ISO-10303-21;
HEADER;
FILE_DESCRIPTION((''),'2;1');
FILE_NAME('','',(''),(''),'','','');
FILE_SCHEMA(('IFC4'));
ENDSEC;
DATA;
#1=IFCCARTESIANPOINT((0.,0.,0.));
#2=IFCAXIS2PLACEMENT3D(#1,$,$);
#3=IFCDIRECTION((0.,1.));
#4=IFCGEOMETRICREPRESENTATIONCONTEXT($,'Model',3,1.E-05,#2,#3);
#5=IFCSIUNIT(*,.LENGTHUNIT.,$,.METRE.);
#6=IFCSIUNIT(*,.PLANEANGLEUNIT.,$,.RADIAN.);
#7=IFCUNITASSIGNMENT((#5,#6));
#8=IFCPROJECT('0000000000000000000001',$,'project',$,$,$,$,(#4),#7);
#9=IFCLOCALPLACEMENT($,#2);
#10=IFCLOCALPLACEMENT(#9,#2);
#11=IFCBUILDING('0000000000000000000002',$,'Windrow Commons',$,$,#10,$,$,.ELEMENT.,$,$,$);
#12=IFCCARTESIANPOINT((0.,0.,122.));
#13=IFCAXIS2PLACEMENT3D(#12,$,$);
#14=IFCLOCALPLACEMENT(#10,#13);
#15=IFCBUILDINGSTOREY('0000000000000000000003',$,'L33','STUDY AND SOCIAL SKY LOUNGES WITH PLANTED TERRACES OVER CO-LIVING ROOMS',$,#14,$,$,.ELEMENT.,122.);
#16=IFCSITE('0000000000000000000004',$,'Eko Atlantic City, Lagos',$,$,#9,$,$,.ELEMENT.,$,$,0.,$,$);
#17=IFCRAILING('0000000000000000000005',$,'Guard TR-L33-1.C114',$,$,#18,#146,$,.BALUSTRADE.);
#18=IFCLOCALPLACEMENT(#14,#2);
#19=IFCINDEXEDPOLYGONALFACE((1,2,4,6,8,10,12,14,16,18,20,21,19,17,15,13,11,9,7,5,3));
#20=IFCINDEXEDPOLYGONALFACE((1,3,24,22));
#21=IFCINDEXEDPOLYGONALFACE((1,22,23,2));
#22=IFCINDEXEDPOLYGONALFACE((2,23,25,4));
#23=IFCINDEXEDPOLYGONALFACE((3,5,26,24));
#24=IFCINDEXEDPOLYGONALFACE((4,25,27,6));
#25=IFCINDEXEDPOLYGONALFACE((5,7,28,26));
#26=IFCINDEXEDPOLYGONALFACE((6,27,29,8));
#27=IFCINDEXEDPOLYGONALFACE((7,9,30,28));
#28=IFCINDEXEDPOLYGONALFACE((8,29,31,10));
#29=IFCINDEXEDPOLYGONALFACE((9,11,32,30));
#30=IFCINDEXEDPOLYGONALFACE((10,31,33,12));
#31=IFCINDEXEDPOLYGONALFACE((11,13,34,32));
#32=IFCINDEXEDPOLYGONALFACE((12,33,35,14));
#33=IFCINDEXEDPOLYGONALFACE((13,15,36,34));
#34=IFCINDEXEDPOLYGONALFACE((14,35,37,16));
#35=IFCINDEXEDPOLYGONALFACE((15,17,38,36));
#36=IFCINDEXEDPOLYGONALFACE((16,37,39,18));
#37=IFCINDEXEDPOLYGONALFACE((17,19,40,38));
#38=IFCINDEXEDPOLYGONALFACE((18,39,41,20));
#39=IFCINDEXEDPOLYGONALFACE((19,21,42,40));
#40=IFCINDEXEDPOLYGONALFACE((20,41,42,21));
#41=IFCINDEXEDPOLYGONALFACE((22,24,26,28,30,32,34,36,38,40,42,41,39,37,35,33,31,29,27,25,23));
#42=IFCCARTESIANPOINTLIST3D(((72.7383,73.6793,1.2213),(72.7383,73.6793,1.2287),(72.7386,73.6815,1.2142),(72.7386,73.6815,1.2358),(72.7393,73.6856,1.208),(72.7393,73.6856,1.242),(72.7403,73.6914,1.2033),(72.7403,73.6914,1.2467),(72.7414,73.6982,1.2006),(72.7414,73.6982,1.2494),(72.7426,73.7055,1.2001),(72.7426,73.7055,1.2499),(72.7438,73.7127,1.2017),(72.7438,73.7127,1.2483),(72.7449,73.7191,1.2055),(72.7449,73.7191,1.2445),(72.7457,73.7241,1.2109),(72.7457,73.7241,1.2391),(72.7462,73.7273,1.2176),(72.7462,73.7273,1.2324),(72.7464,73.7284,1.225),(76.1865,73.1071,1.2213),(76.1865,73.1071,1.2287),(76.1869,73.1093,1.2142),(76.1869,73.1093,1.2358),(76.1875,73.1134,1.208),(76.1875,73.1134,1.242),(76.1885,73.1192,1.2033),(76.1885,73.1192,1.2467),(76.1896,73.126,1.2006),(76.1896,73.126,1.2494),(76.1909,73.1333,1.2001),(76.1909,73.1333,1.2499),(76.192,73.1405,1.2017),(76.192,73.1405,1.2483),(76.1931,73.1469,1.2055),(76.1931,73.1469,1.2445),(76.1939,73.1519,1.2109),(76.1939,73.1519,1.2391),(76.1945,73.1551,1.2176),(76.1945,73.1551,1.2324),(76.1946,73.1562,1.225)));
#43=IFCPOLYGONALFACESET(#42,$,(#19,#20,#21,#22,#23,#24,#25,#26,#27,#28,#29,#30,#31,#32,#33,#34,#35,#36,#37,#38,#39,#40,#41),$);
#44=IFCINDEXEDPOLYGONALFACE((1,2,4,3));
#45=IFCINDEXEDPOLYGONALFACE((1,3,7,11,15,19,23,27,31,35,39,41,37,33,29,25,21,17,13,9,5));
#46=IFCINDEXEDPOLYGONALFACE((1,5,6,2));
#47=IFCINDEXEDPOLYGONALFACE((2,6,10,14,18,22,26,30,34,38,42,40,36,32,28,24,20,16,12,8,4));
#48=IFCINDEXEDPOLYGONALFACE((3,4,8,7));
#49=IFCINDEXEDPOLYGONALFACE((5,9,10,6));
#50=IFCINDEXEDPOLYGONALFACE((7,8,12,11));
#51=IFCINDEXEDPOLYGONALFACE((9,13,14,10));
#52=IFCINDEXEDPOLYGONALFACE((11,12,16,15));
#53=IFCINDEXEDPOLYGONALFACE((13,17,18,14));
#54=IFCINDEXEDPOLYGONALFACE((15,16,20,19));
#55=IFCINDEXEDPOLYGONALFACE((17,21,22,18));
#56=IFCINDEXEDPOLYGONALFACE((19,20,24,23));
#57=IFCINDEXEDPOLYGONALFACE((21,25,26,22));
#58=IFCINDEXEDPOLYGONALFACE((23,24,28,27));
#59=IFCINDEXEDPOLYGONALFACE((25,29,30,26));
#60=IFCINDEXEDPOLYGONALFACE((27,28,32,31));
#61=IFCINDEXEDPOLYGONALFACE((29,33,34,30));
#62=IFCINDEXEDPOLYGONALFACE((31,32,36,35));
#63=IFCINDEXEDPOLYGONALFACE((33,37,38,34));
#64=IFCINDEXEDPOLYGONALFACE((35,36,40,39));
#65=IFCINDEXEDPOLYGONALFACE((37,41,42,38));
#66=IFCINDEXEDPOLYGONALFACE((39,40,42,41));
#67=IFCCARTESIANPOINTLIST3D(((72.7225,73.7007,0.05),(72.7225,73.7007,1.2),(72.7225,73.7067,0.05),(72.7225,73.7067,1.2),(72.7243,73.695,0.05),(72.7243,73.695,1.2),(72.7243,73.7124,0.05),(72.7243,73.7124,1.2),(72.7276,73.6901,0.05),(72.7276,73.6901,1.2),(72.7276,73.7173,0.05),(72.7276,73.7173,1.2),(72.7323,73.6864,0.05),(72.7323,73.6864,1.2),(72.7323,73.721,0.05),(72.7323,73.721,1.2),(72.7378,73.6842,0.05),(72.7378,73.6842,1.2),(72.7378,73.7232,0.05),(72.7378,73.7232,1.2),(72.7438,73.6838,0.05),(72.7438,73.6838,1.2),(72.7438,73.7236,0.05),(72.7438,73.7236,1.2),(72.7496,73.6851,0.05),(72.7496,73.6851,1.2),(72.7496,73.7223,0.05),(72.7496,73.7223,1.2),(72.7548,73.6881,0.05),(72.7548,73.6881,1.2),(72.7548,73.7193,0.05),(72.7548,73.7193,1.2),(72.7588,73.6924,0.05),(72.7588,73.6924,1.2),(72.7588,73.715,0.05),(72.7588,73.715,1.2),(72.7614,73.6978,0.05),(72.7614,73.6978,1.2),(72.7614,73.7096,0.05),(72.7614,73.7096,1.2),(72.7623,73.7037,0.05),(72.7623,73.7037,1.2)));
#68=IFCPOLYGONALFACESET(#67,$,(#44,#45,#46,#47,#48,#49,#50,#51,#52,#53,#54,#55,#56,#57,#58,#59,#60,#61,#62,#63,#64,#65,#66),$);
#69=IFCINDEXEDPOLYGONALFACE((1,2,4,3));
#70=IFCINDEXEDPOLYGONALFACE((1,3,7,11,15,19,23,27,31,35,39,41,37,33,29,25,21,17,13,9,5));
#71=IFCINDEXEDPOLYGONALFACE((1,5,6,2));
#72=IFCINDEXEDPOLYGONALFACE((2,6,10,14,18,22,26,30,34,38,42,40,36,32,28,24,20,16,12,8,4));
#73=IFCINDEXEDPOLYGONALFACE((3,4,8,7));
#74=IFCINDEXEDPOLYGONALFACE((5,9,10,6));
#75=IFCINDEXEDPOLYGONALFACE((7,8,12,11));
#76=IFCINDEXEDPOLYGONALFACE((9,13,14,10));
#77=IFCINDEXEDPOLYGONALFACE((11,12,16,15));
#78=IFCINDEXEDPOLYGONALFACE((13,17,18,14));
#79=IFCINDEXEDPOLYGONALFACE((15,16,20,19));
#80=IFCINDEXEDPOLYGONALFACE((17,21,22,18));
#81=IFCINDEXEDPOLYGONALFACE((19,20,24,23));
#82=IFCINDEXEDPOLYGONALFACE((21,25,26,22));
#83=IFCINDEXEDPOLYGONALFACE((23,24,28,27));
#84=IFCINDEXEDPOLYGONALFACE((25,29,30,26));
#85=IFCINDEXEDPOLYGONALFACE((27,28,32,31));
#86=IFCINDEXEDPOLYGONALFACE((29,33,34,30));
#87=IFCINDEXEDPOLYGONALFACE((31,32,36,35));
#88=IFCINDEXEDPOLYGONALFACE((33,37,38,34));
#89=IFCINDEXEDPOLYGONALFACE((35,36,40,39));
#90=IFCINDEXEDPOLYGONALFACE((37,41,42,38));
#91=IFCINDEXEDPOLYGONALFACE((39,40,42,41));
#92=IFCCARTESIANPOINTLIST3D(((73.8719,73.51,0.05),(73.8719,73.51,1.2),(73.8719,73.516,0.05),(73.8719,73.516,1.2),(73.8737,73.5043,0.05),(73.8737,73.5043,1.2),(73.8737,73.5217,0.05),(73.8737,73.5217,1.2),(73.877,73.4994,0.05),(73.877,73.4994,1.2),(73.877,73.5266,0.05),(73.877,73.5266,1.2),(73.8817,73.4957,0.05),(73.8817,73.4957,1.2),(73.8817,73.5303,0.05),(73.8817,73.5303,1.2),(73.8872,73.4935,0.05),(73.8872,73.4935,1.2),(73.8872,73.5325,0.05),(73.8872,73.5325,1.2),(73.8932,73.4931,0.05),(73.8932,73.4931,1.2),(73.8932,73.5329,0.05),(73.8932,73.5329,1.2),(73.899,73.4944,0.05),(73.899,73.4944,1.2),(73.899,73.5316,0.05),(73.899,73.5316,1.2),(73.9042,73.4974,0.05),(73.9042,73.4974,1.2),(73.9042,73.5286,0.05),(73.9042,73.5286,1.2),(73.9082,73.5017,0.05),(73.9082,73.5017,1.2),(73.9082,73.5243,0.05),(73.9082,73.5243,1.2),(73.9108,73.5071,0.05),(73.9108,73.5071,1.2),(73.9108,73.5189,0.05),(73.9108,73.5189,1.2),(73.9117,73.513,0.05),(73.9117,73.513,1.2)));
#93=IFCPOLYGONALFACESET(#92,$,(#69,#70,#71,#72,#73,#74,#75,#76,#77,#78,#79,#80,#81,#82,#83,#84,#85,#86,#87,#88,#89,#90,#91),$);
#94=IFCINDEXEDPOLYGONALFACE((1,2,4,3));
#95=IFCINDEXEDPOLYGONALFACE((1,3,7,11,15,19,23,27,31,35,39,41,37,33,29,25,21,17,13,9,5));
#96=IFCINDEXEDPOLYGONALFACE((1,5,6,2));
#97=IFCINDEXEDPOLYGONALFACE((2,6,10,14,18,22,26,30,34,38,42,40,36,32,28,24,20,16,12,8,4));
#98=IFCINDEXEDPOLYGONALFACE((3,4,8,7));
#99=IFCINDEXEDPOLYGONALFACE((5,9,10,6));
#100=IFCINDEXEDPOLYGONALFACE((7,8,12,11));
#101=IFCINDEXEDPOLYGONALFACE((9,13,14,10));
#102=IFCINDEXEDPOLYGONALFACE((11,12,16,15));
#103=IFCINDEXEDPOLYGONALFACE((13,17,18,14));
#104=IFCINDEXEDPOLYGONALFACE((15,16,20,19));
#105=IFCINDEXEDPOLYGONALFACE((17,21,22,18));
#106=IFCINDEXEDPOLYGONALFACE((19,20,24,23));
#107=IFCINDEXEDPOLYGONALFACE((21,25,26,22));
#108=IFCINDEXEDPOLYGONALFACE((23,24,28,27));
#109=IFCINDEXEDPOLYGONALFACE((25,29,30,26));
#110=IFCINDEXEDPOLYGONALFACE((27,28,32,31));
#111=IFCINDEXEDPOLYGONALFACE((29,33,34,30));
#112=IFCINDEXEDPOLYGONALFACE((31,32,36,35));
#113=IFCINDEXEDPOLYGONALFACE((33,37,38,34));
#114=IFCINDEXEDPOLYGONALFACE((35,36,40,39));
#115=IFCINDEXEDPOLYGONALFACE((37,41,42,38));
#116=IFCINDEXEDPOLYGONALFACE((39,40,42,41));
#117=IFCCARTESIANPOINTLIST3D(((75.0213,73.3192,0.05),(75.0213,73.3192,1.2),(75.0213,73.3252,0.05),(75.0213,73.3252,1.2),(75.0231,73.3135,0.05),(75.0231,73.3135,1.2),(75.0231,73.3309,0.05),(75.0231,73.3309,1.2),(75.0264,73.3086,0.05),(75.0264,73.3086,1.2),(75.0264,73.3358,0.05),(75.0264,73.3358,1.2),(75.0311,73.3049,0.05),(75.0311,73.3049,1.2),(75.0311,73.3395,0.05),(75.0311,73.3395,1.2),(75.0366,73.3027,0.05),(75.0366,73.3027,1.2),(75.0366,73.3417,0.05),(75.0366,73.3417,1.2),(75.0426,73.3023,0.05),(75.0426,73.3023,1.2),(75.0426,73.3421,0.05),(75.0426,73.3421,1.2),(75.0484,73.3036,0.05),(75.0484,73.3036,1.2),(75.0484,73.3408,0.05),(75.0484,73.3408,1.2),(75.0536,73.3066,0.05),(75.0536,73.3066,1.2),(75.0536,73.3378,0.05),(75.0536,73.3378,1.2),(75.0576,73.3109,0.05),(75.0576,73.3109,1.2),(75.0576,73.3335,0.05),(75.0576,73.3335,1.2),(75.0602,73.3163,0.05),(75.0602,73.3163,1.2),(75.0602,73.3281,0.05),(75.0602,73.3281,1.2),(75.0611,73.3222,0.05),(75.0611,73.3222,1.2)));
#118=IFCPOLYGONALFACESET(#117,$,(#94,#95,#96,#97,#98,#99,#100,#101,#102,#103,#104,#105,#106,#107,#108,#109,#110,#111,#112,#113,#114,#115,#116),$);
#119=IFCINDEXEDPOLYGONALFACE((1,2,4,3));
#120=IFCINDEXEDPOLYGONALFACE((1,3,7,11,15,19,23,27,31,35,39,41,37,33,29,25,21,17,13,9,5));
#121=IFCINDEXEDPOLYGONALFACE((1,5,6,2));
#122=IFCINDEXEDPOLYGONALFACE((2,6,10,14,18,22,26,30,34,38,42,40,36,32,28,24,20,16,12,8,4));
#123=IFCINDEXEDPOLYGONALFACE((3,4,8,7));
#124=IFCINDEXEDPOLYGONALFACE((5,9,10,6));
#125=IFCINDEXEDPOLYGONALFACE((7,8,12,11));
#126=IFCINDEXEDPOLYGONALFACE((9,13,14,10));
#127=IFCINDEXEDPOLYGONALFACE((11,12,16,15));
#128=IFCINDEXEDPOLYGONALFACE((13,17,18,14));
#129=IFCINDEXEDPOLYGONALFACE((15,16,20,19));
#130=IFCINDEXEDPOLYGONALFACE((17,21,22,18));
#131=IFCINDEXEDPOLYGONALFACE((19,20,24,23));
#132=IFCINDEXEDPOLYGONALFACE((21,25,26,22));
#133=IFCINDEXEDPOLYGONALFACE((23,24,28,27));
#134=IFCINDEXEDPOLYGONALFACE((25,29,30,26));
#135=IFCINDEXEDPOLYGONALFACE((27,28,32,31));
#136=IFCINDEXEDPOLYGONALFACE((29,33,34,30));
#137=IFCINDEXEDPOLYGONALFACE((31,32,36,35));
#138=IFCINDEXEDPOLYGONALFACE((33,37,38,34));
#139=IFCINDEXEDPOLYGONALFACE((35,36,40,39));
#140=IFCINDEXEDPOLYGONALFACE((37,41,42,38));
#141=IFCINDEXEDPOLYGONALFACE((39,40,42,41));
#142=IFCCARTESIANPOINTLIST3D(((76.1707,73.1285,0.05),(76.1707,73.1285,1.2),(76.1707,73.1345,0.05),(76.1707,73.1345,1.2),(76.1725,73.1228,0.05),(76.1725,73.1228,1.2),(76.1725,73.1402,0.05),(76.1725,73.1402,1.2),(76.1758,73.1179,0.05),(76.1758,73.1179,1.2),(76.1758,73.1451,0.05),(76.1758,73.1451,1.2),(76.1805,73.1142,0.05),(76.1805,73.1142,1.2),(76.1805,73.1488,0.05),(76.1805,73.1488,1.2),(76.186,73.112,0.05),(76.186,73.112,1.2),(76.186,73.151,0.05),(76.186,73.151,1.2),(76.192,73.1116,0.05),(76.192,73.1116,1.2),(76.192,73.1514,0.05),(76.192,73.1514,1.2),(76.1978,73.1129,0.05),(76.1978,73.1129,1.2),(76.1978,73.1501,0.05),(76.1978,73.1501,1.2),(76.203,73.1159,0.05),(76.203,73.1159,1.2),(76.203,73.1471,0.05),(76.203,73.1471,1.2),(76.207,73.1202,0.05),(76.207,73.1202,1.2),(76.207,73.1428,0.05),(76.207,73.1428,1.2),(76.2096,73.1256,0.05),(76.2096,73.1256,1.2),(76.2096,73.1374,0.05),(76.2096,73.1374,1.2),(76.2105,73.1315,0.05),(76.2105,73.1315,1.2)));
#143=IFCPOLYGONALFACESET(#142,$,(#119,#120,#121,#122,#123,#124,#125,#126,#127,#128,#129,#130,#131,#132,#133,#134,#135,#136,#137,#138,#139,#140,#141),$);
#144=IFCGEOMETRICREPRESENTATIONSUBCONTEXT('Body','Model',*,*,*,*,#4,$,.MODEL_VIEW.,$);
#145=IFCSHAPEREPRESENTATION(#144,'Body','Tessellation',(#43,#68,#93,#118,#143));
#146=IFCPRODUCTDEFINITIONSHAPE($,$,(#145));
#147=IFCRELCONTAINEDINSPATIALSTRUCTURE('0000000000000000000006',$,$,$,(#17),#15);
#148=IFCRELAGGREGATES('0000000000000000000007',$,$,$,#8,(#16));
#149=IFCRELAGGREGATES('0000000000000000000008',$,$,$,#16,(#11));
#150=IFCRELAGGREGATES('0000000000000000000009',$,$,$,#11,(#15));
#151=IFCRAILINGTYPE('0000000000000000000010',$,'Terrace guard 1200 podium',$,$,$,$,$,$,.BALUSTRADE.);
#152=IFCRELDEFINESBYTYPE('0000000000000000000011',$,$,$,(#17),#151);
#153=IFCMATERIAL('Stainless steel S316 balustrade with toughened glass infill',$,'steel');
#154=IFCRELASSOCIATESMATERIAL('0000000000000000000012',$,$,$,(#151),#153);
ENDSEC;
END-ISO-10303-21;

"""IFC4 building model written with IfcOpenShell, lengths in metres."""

from ifc_helpers import new_model, si_unit, direction, frame, origin, origin_2d, place, context, subcontext, project, spatial, circle, extrude, material, type_object, element, save


model = new_model("IFC4")

# Units and contexts
model_context = context("Model", 3, precision=1e-05, world=origin(), true_north=direction((0.0, 1.0)))
body_context = subcontext(model_context, "Body", "Model", "MODEL_VIEW")
ifc_project = project(units=[si_unit("LENGTHUNIT", "METRE"), si_unit("PLANEANGLEUNIT", "RADIAN")], contexts=[model_context])

# Site, building, storey
site_placement = place(None, origin())
site = spatial("IfcSite", under=ifc_project, at=site_placement, Name="Eko Atlantic City, Lagos", CompositionType="ELEMENT", RefElevation=0.0)
building_placement = place(site_placement, origin())
building = spatial("IfcBuilding", under=site, at=building_placement, Name="Windrow Commons", CompositionType="ELEMENT")
storey_placement = place(building_placement, frame((0.0, 0.0, 122.0)))
storey = spatial("IfcBuildingStorey", under=building, at=storey_placement, Name="L33", Description="STUDY AND SOCIAL SKY LOUNGES WITH PLANTED TERRACES OVER CO-LIVING ROOMS", CompositionType="ELEMENT", Elevation=122.0)

# Railing
ifc_material_1 = material(Name="Stainless steel S316 balustrade with toughened glass infill", Category="steel")
railing_type_1 = type_object("IfcRailingType", Name="Terrace guard 1200 podium", PredefinedType="BALUSTRADE", material=ifc_material_1)
railing_1_placement = place(storey_placement, frame((72.7423, 73.7037, 0.05)))
element("IfcRailing", 1, at=railing_1_placement, inside=storey, type_object=railing_type_1, Name="Guard TR-L33-1.C114", PredefinedType="BALUSTRADE", context=body_context, shape_type="SweptSolid", body=[
    extrude(circle(Radius=0.025, at=origin_2d()), frame((0.0, 0.0, 1.175), z_axis=(0.98651, -0.163703, 0.0), x_axis=(0.163703, 0.98651, 0.0)), (0.0, 0.0, 1.0), 3.4954),
    extrude(circle(Radius=0.02, at=origin_2d()), origin(), (0.0, 0.0, 1.0), 1.15),
    extrude(circle(Radius=0.02, at=origin_2d()), frame((1.1494, -0.1907, 0.0)), (0.0, 0.0, 1.0), 1.15),
    extrude(circle(Radius=0.02, at=origin_2d()), frame((2.2988, -0.3815, 0.0)), (0.0, 0.0, 1.0), 1.15),
    extrude(circle(Radius=0.02, at=origin_2d()), frame((3.4482, -0.5722, 0.0)), (0.0, 0.0, 1.0), 1.15),
])

save(model, "model.ifc")
